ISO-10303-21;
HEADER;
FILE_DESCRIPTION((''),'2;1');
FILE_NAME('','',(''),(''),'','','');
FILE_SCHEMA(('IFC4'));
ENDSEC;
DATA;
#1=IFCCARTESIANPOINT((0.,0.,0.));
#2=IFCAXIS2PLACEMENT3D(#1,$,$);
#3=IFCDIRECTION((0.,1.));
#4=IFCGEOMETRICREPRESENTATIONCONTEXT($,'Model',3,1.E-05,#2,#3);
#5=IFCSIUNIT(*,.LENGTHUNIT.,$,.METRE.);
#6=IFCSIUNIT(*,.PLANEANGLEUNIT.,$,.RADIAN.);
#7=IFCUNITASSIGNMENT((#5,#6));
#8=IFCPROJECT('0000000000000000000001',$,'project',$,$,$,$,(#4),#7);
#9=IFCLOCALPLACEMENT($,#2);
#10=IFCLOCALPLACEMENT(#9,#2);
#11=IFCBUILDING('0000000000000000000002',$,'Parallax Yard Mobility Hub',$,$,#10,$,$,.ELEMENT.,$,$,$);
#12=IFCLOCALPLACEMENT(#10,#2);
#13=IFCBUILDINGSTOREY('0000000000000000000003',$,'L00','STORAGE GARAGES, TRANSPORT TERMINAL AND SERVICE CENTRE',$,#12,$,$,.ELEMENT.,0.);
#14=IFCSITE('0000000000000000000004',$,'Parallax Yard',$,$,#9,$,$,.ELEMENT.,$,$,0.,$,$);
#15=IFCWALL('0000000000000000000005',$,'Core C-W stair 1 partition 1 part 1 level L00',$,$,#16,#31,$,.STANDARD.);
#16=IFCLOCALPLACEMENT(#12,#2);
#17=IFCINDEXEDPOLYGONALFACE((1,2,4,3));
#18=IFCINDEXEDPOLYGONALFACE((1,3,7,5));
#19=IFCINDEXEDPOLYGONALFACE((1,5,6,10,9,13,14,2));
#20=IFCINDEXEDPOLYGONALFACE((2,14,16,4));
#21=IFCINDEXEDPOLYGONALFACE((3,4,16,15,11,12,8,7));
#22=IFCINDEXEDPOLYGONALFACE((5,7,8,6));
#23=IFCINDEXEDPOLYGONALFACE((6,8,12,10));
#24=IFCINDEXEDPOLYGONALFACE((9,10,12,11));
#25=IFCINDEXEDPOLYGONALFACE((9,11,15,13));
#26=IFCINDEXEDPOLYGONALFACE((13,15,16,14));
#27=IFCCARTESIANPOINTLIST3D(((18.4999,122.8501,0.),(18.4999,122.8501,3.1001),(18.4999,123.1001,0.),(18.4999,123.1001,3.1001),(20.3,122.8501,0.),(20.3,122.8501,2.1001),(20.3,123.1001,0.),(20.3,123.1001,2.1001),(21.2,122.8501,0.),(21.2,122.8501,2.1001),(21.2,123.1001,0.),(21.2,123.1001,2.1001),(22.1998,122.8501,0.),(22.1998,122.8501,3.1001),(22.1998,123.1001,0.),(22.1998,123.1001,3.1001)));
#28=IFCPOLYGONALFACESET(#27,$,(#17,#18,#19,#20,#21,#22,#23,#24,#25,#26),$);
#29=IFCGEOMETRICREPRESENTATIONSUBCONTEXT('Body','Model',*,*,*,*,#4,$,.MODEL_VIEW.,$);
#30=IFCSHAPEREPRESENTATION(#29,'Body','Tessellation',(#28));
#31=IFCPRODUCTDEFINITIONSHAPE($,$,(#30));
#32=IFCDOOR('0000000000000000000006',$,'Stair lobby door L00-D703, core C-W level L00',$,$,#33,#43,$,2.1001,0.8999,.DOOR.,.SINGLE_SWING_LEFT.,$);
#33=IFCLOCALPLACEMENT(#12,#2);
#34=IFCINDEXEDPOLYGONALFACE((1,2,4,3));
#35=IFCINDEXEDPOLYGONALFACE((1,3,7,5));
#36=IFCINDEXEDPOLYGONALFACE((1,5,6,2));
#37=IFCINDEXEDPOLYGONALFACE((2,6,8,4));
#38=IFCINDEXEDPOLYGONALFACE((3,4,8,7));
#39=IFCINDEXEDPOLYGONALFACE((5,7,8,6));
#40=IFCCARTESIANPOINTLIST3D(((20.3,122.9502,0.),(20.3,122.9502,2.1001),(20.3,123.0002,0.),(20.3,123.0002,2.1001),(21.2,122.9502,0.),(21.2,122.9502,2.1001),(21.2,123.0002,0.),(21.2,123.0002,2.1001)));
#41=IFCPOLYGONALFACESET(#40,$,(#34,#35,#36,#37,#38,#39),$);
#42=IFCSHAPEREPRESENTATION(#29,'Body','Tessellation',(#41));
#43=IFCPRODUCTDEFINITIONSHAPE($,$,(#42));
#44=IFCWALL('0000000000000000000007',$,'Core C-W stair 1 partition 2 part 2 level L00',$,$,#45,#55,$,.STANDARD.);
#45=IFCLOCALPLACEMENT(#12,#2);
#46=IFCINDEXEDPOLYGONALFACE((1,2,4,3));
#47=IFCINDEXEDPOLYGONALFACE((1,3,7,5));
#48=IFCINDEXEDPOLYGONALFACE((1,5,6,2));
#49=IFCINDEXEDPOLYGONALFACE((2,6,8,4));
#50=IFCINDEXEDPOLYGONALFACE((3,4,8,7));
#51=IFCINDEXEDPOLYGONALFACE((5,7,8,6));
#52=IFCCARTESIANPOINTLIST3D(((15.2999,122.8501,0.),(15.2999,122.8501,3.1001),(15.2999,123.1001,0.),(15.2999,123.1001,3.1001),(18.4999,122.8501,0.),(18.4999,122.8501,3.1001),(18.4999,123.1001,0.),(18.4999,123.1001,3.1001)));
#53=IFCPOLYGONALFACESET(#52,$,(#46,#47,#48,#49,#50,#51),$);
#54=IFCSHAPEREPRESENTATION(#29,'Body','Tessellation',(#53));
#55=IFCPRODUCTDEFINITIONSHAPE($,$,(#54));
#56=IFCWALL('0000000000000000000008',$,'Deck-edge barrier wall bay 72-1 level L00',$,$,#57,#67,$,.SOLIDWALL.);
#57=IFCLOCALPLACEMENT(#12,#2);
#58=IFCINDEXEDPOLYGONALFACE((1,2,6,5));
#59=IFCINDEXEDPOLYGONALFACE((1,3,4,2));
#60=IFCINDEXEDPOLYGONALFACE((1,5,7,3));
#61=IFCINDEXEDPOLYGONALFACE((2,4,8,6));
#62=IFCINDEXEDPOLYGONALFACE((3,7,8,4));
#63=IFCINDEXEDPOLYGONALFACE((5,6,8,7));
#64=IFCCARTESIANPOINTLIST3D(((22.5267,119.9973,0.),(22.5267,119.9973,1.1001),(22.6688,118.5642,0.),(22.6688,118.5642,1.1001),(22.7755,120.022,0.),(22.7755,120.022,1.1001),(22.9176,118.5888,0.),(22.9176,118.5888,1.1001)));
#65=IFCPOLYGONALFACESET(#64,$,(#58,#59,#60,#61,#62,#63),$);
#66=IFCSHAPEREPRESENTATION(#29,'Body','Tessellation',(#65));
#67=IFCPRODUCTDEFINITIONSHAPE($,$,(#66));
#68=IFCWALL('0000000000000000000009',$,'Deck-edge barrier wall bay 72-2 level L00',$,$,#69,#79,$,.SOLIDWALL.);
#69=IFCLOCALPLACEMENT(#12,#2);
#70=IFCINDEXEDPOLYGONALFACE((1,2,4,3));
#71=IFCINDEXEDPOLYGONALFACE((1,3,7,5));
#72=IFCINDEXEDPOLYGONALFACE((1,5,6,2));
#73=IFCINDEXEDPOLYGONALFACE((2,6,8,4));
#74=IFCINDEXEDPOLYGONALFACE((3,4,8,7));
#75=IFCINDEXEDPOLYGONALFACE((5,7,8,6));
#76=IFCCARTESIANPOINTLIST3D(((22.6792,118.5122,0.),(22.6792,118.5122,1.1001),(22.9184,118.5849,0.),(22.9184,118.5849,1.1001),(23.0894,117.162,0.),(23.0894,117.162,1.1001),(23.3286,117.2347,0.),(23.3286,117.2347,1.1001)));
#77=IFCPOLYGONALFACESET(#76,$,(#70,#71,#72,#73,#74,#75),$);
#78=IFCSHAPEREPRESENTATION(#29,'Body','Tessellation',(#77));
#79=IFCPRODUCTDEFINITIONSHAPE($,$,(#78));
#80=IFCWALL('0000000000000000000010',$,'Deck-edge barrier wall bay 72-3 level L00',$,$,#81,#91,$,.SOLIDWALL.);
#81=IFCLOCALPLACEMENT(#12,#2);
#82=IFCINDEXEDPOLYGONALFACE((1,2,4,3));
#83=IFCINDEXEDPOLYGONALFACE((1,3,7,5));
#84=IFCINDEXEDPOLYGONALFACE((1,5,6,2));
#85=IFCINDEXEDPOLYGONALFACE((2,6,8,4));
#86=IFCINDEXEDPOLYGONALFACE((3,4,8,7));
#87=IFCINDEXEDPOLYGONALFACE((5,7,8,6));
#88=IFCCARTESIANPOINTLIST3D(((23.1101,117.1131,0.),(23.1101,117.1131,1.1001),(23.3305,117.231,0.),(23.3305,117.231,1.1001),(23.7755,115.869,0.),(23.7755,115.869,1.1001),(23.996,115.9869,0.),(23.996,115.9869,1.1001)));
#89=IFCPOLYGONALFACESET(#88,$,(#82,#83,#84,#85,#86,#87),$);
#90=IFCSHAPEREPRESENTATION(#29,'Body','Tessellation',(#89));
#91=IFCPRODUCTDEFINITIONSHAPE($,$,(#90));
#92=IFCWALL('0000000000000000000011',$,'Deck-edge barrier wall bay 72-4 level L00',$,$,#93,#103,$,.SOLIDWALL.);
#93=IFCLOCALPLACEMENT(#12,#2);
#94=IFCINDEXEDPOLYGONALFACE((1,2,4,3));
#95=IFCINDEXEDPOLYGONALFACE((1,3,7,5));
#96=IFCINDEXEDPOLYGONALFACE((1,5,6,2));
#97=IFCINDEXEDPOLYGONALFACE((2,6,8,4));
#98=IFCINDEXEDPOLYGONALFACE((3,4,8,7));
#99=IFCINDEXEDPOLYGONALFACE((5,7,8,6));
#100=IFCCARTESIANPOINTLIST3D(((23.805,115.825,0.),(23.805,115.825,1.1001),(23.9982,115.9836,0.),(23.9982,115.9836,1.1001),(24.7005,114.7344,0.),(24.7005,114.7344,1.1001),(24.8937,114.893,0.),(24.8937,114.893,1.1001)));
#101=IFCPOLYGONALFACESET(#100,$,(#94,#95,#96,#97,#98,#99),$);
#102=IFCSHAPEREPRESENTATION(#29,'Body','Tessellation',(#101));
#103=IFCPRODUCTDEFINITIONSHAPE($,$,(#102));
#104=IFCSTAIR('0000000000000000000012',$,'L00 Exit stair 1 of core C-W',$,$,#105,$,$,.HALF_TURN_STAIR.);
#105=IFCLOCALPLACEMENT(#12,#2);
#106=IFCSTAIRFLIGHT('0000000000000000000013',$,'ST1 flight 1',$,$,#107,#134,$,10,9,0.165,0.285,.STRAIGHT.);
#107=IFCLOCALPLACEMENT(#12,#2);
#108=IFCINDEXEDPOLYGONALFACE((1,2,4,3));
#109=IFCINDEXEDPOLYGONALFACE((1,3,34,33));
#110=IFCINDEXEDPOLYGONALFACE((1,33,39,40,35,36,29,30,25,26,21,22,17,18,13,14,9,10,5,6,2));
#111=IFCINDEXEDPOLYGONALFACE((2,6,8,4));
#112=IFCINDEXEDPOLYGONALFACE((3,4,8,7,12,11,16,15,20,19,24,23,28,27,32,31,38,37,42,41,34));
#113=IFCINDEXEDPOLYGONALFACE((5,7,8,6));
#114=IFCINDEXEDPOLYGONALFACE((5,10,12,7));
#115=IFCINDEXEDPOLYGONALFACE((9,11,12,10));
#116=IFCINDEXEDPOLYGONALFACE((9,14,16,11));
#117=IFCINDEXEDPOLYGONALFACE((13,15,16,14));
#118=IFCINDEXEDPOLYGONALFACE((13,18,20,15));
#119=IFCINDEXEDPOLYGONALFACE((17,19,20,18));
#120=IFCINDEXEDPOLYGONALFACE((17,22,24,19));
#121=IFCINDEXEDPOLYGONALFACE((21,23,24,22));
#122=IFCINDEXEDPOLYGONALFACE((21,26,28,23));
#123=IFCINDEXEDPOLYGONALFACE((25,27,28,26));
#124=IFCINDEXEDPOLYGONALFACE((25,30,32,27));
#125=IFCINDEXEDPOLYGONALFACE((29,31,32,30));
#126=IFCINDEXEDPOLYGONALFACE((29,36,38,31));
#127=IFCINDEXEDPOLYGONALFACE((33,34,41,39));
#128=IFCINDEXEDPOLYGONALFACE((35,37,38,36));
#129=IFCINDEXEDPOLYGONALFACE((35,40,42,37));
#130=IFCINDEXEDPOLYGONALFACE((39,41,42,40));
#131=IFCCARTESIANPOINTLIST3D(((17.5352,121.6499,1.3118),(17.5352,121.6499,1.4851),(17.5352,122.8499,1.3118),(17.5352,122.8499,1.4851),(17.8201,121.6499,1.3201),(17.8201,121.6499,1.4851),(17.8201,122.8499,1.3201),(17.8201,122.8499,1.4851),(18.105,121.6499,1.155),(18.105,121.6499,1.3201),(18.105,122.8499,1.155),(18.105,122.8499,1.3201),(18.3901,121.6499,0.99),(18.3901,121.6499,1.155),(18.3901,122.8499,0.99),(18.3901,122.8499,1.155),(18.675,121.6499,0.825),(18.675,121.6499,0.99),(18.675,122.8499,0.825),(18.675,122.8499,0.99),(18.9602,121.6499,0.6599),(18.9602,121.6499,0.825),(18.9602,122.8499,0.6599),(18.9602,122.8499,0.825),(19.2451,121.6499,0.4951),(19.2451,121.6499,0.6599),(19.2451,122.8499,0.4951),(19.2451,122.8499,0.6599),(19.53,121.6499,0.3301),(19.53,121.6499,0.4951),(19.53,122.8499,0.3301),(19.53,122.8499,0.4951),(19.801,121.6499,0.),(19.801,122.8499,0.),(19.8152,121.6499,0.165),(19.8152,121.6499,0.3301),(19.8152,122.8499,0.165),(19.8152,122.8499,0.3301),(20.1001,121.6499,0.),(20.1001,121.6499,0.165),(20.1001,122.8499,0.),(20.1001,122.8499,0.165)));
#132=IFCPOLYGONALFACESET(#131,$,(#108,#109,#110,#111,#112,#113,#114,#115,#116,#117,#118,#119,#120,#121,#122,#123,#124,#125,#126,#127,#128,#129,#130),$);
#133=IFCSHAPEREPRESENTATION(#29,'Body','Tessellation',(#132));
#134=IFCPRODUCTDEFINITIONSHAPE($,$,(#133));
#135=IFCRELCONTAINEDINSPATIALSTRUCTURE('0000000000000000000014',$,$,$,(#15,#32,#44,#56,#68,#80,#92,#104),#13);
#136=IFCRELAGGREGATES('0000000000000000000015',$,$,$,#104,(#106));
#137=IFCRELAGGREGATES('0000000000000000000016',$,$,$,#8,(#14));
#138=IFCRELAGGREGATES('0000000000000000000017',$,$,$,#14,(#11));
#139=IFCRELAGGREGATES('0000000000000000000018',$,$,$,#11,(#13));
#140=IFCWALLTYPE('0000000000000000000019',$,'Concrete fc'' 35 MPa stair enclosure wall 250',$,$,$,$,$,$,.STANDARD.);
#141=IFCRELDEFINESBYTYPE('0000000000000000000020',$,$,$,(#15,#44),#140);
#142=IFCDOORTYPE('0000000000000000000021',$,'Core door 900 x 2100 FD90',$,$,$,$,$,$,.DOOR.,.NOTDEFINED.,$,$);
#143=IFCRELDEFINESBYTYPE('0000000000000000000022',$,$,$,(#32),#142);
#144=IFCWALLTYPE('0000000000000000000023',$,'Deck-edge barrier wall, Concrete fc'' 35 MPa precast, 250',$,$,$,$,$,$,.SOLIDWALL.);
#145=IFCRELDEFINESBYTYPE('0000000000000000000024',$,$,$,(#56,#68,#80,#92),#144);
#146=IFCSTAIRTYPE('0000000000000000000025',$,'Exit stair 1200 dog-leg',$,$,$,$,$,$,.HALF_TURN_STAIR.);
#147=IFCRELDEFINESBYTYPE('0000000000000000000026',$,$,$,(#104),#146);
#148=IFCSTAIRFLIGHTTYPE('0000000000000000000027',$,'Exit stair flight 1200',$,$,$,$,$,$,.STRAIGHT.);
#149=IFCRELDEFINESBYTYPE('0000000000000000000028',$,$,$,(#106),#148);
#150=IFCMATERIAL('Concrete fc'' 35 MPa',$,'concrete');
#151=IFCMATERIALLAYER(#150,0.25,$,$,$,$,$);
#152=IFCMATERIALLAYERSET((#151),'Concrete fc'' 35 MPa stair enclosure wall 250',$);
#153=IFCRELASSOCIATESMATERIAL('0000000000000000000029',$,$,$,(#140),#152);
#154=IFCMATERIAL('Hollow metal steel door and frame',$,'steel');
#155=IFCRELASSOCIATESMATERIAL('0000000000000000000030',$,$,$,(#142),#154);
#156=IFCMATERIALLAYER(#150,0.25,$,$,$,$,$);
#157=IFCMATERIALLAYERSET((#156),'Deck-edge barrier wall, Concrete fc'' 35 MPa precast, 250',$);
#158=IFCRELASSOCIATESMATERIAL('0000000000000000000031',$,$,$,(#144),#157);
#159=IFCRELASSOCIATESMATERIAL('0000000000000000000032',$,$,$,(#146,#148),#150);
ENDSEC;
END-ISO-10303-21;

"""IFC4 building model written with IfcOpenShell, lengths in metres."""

from ifc_helpers import new_model, si_unit, direction, frame, frame_2d, origin, place, context, subcontext, project, spatial, polyline, rectangle, outline, extrude, material, layer, layer_set, type_object, element, fill, aggregate, save


model = new_model("IFC4")

# Units and contexts
model_context = context("Model", 3, precision=1e-05, world=origin(), true_north=direction((0.0, 1.0)))
body_context = subcontext(model_context, "Body", "Model", "MODEL_VIEW")
ifc_project = project(units=[si_unit("LENGTHUNIT", "METRE"), si_unit("PLANEANGLEUNIT", "RADIAN")], contexts=[model_context])

# Site, building, storey
site_placement = place(None, origin())
site = spatial("IfcSite", under=ifc_project, at=site_placement, Name="Parallax Yard", CompositionType="ELEMENT", RefElevation=0.0)
building_placement = place(site_placement, origin())
building = spatial("IfcBuilding", under=site, at=building_placement, Name="Parallax Yard Mobility Hub", CompositionType="ELEMENT")
storey_placement = place(building_placement, origin())
storey = spatial("IfcBuildingStorey", under=building, at=storey_placement, Name="L00", Description="STORAGE GARAGES, TRANSPORT TERMINAL AND SERVICE CENTRE", CompositionType="ELEMENT", Elevation=0.0)

# Shared definitions
ifc_material_1 = material(Name="Concrete fc' 35 MPa", Category="concrete")
ifc_material_2 = material(Name="Hollow metal steel door and frame", Category="steel")

# Wall, opening, door
ifc_layer_1 = layer(ifc_material_1, 0.25)
ifc_layer_set_1 = layer_set([ifc_layer_1], Name="Concrete fc' 35 MPa stair enclosure wall 250")
wall_type_1 = type_object("IfcWallType", Name="Concrete fc' 35 MPa stair enclosure wall 250", PredefinedType="STANDARD", material=ifc_layer_set_1)
wall_1_placement = place(storey_placement, frame((22.2, 122.9751, 0.0), z_axis=(0.0, 0.0, 1.0), x_axis=(-1.0, 0.0, 0.0)))
wall_1 = element("IfcWall", 1, at=wall_1_placement, inside=storey, type_object=wall_type_1, Name="Core C-W stair 1 partition 1 part 1 level L00", PredefinedType="STANDARD", context=body_context, shape_type="SweptSolid", body=[
    extrude(rectangle(XDim=3.7, YDim=0.25, at=frame_2d((1.8501, 0.0))), origin(), (0.0, 0.0, 1.0), 3.1001),
])
opening_1_placement = place(wall_1_placement, frame((1.0, 0.0, 0.0)))
opening_1 = element("IfcOpeningElement", 2, at=opening_1_placement, cuts=wall_1, PredefinedType="OPENING", context=body_context, shape_type="SweptSolid", body=[
    extrude(rectangle(XDim=0.8999, YDim=2.1001, at=frame_2d((0.45, 1.05))), frame((0.0, 0.135, 0.0), z_axis=(0.0, -1.0, 0.0), x_axis=(1.0, 0.0, 0.0)), (0.0, 0.0, 1.0), 0.27),
])
door_type_1 = type_object("IfcDoorType", Name="Core door 900 x 2100 FD90", OperationType="NOTDEFINED", PredefinedType="DOOR", material=ifc_material_2)
door_1_placement = place(opening_1_placement, origin())
door_1 = element("IfcDoor", 3, at=door_1_placement, inside=storey, type_object=door_type_1, Name="Stair lobby door L00-D703, core C-W level L00", OperationType="SINGLE_SWING_LEFT", OverallHeight=2.1001, OverallWidth=0.8999, PredefinedType="DOOR", context=body_context, shape_type="SweptSolid", body=[
    extrude(rectangle(XDim=0.8999, YDim=2.1001, at=frame_2d((0.45, 1.05))), frame((0.0, 0.0249, 0.0), z_axis=(0.0, -1.0, 0.0), x_axis=(1.0, 0.0, 0.0)), (0.0, 0.0, 1.0), 0.05),
])
fill(opening_1, door_1)

# Walls
wall_2_placement = place(storey_placement, frame((18.5, 122.9751, 0.0), z_axis=(0.0, 0.0, 1.0), x_axis=(-1.0, 0.0, 0.0)))
element("IfcWall", 4, at=wall_2_placement, inside=storey, type_object=wall_type_1, Name="Core C-W stair 1 partition 2 part 2 level L00", PredefinedType="STANDARD", context=body_context, shape_type="SweptSolid", body=[
    extrude(rectangle(XDim=3.2, YDim=0.25, at=frame_2d((1.6001, 0.0))), origin(), (0.0, 0.0, 1.0), 3.1001),
])
ifc_layer_2 = layer(ifc_material_1, 0.25)
ifc_layer_set_2 = layer_set([ifc_layer_2], Name="Deck-edge barrier wall, Concrete fc' 35 MPa precast, 250")
wall_type_2 = type_object("IfcWallType", Name="Deck-edge barrier wall, Concrete fc' 35 MPa precast, 250", PredefinedType="SOLIDWALL", material=ifc_layer_set_2)
wall_3_placement = place(storey_placement, frame((22.6511, 120.0098, 0.0), z_axis=(0.0, 0.0, 1.0), x_axis=(0.098664, -0.995121, 0.0)))
element("IfcWall", 5, at=wall_3_placement, inside=storey, type_object=wall_type_2, Name="Deck-edge barrier wall bay 72-1 level L00", PredefinedType="SOLIDWALL", context=body_context, shape_type="SweptSolid", body=[
    extrude(rectangle(XDim=1.4402, YDim=0.25, at=frame_2d((0.7202, 0.0))), origin(), (0.0, 0.0, 1.0), 1.1001),
])
wall_4_placement = place(storey_placement, frame((22.7988, 118.5486, 0.0), z_axis=(0.0, 0.0, 1.0), x_axis=(0.29068, -0.95682, 0.0)))
element("IfcWall", 6, at=wall_4_placement, inside=storey, type_object=wall_type_2, Name="Deck-edge barrier wall bay 72-2 level L00", PredefinedType="SOLIDWALL", context=body_context, shape_type="SweptSolid", body=[
    extrude(rectangle(XDim=1.4111, YDim=0.25, at=frame_2d((0.7056, 0.0))), origin(), (0.0, 0.0, 1.0), 1.1001),
])
wall_5_placement = place(storey_placement, frame((23.2202, 117.1721, 0.0), z_axis=(0.0, 0.0, 1.0), x_axis=(0.471684, -0.881768, 0.0)))
element("IfcWall", 7, at=wall_5_placement, inside=storey, type_object=wall_type_2, Name="Deck-edge barrier wall bay 72-3 level L00", PredefinedType="SOLIDWALL", context=body_context, shape_type="SweptSolid", body=[
    extrude(rectangle(XDim=1.4109, YDim=0.25, at=frame_2d((0.7056, 0.0))), origin(), (0.0, 0.0, 1.0), 1.1001),
])
wall_6_placement = place(storey_placement, frame((23.9016, 115.9043, 0.0), z_axis=(0.0, 0.0, 1.0), x_axis=(0.634603, -0.772838, 0.0)))
element("IfcWall", 8, at=wall_6_placement, inside=storey, type_object=wall_type_2, Name="Deck-edge barrier wall bay 72-4 level L00", PredefinedType="SOLIDWALL", context=body_context, shape_type="SweptSolid", body=[
    extrude(rectangle(XDim=1.4111, YDim=0.25, at=frame_2d((0.7056, 0.0))), origin(), (0.0, 0.0, 1.0), 1.1001),
])

# Stair, stair flight
stair_type = type_object("IfcStairType", Name="Exit stair 1200 dog-leg", PredefinedType="HALF_TURN_STAIR", material=ifc_material_1)
stair_placement = place(storey_placement, origin())
stair = element("IfcStair", 9, at=stair_placement, inside=storey, type_object=stair_type, Name="L00 Exit stair 1 of core C-W", PredefinedType="HALF_TURN_STAIR")
stair_flight_type = type_object("IfcStairFlightType", Name="Exit stair flight 1200", PredefinedType="STRAIGHT", material=ifc_material_1)
stair_flight_placement = place(storey_placement, frame((20.1001, 122.25, 0.0), z_axis=(0.0, 0.0, 1.0), x_axis=(-1.0, 0.0, 0.0)))
stair_flight = element("IfcStairFlight", 10, at=stair_flight_placement, type_object=stair_flight_type, Name="ST1 flight 1", NumberOfRisers=10, NumberOfTreads=9, PredefinedType="STRAIGHT", RiserHeight=0.165, TreadLength=0.285, context=body_context, shape_type="SweptSolid", body=[
    extrude(outline(polyline([(0.0, 0.0), (0.0, 0.165), (0.2849, 0.165), (0.2849, 0.3301), (0.5701, 0.3301), (0.5701, 0.4951), (0.855, 0.4951), (0.855, 0.6599), (1.1399, 0.6599), (1.1399, 0.825), (1.425, 0.825), (1.425, 0.99), (1.71, 0.99), (1.71, 1.155), (1.9951, 1.155), (1.9951, 1.3201), (2.28, 1.3201), (2.28, 1.4851), (2.5649, 1.4851), (2.5649, 1.6499), (2.5649, 1.3118), (0.2991, 0.0), (0.0, 0.0)])), frame((0.0, 0.6001, 0.0), z_axis=(0.0, -1.0, 0.0), x_axis=(1.0, 0.0, 0.0)), (0.0, 0.0, 1.0), 1.2),
])
aggregate(stair, [stair_flight])

save(model, "model.ifc")
